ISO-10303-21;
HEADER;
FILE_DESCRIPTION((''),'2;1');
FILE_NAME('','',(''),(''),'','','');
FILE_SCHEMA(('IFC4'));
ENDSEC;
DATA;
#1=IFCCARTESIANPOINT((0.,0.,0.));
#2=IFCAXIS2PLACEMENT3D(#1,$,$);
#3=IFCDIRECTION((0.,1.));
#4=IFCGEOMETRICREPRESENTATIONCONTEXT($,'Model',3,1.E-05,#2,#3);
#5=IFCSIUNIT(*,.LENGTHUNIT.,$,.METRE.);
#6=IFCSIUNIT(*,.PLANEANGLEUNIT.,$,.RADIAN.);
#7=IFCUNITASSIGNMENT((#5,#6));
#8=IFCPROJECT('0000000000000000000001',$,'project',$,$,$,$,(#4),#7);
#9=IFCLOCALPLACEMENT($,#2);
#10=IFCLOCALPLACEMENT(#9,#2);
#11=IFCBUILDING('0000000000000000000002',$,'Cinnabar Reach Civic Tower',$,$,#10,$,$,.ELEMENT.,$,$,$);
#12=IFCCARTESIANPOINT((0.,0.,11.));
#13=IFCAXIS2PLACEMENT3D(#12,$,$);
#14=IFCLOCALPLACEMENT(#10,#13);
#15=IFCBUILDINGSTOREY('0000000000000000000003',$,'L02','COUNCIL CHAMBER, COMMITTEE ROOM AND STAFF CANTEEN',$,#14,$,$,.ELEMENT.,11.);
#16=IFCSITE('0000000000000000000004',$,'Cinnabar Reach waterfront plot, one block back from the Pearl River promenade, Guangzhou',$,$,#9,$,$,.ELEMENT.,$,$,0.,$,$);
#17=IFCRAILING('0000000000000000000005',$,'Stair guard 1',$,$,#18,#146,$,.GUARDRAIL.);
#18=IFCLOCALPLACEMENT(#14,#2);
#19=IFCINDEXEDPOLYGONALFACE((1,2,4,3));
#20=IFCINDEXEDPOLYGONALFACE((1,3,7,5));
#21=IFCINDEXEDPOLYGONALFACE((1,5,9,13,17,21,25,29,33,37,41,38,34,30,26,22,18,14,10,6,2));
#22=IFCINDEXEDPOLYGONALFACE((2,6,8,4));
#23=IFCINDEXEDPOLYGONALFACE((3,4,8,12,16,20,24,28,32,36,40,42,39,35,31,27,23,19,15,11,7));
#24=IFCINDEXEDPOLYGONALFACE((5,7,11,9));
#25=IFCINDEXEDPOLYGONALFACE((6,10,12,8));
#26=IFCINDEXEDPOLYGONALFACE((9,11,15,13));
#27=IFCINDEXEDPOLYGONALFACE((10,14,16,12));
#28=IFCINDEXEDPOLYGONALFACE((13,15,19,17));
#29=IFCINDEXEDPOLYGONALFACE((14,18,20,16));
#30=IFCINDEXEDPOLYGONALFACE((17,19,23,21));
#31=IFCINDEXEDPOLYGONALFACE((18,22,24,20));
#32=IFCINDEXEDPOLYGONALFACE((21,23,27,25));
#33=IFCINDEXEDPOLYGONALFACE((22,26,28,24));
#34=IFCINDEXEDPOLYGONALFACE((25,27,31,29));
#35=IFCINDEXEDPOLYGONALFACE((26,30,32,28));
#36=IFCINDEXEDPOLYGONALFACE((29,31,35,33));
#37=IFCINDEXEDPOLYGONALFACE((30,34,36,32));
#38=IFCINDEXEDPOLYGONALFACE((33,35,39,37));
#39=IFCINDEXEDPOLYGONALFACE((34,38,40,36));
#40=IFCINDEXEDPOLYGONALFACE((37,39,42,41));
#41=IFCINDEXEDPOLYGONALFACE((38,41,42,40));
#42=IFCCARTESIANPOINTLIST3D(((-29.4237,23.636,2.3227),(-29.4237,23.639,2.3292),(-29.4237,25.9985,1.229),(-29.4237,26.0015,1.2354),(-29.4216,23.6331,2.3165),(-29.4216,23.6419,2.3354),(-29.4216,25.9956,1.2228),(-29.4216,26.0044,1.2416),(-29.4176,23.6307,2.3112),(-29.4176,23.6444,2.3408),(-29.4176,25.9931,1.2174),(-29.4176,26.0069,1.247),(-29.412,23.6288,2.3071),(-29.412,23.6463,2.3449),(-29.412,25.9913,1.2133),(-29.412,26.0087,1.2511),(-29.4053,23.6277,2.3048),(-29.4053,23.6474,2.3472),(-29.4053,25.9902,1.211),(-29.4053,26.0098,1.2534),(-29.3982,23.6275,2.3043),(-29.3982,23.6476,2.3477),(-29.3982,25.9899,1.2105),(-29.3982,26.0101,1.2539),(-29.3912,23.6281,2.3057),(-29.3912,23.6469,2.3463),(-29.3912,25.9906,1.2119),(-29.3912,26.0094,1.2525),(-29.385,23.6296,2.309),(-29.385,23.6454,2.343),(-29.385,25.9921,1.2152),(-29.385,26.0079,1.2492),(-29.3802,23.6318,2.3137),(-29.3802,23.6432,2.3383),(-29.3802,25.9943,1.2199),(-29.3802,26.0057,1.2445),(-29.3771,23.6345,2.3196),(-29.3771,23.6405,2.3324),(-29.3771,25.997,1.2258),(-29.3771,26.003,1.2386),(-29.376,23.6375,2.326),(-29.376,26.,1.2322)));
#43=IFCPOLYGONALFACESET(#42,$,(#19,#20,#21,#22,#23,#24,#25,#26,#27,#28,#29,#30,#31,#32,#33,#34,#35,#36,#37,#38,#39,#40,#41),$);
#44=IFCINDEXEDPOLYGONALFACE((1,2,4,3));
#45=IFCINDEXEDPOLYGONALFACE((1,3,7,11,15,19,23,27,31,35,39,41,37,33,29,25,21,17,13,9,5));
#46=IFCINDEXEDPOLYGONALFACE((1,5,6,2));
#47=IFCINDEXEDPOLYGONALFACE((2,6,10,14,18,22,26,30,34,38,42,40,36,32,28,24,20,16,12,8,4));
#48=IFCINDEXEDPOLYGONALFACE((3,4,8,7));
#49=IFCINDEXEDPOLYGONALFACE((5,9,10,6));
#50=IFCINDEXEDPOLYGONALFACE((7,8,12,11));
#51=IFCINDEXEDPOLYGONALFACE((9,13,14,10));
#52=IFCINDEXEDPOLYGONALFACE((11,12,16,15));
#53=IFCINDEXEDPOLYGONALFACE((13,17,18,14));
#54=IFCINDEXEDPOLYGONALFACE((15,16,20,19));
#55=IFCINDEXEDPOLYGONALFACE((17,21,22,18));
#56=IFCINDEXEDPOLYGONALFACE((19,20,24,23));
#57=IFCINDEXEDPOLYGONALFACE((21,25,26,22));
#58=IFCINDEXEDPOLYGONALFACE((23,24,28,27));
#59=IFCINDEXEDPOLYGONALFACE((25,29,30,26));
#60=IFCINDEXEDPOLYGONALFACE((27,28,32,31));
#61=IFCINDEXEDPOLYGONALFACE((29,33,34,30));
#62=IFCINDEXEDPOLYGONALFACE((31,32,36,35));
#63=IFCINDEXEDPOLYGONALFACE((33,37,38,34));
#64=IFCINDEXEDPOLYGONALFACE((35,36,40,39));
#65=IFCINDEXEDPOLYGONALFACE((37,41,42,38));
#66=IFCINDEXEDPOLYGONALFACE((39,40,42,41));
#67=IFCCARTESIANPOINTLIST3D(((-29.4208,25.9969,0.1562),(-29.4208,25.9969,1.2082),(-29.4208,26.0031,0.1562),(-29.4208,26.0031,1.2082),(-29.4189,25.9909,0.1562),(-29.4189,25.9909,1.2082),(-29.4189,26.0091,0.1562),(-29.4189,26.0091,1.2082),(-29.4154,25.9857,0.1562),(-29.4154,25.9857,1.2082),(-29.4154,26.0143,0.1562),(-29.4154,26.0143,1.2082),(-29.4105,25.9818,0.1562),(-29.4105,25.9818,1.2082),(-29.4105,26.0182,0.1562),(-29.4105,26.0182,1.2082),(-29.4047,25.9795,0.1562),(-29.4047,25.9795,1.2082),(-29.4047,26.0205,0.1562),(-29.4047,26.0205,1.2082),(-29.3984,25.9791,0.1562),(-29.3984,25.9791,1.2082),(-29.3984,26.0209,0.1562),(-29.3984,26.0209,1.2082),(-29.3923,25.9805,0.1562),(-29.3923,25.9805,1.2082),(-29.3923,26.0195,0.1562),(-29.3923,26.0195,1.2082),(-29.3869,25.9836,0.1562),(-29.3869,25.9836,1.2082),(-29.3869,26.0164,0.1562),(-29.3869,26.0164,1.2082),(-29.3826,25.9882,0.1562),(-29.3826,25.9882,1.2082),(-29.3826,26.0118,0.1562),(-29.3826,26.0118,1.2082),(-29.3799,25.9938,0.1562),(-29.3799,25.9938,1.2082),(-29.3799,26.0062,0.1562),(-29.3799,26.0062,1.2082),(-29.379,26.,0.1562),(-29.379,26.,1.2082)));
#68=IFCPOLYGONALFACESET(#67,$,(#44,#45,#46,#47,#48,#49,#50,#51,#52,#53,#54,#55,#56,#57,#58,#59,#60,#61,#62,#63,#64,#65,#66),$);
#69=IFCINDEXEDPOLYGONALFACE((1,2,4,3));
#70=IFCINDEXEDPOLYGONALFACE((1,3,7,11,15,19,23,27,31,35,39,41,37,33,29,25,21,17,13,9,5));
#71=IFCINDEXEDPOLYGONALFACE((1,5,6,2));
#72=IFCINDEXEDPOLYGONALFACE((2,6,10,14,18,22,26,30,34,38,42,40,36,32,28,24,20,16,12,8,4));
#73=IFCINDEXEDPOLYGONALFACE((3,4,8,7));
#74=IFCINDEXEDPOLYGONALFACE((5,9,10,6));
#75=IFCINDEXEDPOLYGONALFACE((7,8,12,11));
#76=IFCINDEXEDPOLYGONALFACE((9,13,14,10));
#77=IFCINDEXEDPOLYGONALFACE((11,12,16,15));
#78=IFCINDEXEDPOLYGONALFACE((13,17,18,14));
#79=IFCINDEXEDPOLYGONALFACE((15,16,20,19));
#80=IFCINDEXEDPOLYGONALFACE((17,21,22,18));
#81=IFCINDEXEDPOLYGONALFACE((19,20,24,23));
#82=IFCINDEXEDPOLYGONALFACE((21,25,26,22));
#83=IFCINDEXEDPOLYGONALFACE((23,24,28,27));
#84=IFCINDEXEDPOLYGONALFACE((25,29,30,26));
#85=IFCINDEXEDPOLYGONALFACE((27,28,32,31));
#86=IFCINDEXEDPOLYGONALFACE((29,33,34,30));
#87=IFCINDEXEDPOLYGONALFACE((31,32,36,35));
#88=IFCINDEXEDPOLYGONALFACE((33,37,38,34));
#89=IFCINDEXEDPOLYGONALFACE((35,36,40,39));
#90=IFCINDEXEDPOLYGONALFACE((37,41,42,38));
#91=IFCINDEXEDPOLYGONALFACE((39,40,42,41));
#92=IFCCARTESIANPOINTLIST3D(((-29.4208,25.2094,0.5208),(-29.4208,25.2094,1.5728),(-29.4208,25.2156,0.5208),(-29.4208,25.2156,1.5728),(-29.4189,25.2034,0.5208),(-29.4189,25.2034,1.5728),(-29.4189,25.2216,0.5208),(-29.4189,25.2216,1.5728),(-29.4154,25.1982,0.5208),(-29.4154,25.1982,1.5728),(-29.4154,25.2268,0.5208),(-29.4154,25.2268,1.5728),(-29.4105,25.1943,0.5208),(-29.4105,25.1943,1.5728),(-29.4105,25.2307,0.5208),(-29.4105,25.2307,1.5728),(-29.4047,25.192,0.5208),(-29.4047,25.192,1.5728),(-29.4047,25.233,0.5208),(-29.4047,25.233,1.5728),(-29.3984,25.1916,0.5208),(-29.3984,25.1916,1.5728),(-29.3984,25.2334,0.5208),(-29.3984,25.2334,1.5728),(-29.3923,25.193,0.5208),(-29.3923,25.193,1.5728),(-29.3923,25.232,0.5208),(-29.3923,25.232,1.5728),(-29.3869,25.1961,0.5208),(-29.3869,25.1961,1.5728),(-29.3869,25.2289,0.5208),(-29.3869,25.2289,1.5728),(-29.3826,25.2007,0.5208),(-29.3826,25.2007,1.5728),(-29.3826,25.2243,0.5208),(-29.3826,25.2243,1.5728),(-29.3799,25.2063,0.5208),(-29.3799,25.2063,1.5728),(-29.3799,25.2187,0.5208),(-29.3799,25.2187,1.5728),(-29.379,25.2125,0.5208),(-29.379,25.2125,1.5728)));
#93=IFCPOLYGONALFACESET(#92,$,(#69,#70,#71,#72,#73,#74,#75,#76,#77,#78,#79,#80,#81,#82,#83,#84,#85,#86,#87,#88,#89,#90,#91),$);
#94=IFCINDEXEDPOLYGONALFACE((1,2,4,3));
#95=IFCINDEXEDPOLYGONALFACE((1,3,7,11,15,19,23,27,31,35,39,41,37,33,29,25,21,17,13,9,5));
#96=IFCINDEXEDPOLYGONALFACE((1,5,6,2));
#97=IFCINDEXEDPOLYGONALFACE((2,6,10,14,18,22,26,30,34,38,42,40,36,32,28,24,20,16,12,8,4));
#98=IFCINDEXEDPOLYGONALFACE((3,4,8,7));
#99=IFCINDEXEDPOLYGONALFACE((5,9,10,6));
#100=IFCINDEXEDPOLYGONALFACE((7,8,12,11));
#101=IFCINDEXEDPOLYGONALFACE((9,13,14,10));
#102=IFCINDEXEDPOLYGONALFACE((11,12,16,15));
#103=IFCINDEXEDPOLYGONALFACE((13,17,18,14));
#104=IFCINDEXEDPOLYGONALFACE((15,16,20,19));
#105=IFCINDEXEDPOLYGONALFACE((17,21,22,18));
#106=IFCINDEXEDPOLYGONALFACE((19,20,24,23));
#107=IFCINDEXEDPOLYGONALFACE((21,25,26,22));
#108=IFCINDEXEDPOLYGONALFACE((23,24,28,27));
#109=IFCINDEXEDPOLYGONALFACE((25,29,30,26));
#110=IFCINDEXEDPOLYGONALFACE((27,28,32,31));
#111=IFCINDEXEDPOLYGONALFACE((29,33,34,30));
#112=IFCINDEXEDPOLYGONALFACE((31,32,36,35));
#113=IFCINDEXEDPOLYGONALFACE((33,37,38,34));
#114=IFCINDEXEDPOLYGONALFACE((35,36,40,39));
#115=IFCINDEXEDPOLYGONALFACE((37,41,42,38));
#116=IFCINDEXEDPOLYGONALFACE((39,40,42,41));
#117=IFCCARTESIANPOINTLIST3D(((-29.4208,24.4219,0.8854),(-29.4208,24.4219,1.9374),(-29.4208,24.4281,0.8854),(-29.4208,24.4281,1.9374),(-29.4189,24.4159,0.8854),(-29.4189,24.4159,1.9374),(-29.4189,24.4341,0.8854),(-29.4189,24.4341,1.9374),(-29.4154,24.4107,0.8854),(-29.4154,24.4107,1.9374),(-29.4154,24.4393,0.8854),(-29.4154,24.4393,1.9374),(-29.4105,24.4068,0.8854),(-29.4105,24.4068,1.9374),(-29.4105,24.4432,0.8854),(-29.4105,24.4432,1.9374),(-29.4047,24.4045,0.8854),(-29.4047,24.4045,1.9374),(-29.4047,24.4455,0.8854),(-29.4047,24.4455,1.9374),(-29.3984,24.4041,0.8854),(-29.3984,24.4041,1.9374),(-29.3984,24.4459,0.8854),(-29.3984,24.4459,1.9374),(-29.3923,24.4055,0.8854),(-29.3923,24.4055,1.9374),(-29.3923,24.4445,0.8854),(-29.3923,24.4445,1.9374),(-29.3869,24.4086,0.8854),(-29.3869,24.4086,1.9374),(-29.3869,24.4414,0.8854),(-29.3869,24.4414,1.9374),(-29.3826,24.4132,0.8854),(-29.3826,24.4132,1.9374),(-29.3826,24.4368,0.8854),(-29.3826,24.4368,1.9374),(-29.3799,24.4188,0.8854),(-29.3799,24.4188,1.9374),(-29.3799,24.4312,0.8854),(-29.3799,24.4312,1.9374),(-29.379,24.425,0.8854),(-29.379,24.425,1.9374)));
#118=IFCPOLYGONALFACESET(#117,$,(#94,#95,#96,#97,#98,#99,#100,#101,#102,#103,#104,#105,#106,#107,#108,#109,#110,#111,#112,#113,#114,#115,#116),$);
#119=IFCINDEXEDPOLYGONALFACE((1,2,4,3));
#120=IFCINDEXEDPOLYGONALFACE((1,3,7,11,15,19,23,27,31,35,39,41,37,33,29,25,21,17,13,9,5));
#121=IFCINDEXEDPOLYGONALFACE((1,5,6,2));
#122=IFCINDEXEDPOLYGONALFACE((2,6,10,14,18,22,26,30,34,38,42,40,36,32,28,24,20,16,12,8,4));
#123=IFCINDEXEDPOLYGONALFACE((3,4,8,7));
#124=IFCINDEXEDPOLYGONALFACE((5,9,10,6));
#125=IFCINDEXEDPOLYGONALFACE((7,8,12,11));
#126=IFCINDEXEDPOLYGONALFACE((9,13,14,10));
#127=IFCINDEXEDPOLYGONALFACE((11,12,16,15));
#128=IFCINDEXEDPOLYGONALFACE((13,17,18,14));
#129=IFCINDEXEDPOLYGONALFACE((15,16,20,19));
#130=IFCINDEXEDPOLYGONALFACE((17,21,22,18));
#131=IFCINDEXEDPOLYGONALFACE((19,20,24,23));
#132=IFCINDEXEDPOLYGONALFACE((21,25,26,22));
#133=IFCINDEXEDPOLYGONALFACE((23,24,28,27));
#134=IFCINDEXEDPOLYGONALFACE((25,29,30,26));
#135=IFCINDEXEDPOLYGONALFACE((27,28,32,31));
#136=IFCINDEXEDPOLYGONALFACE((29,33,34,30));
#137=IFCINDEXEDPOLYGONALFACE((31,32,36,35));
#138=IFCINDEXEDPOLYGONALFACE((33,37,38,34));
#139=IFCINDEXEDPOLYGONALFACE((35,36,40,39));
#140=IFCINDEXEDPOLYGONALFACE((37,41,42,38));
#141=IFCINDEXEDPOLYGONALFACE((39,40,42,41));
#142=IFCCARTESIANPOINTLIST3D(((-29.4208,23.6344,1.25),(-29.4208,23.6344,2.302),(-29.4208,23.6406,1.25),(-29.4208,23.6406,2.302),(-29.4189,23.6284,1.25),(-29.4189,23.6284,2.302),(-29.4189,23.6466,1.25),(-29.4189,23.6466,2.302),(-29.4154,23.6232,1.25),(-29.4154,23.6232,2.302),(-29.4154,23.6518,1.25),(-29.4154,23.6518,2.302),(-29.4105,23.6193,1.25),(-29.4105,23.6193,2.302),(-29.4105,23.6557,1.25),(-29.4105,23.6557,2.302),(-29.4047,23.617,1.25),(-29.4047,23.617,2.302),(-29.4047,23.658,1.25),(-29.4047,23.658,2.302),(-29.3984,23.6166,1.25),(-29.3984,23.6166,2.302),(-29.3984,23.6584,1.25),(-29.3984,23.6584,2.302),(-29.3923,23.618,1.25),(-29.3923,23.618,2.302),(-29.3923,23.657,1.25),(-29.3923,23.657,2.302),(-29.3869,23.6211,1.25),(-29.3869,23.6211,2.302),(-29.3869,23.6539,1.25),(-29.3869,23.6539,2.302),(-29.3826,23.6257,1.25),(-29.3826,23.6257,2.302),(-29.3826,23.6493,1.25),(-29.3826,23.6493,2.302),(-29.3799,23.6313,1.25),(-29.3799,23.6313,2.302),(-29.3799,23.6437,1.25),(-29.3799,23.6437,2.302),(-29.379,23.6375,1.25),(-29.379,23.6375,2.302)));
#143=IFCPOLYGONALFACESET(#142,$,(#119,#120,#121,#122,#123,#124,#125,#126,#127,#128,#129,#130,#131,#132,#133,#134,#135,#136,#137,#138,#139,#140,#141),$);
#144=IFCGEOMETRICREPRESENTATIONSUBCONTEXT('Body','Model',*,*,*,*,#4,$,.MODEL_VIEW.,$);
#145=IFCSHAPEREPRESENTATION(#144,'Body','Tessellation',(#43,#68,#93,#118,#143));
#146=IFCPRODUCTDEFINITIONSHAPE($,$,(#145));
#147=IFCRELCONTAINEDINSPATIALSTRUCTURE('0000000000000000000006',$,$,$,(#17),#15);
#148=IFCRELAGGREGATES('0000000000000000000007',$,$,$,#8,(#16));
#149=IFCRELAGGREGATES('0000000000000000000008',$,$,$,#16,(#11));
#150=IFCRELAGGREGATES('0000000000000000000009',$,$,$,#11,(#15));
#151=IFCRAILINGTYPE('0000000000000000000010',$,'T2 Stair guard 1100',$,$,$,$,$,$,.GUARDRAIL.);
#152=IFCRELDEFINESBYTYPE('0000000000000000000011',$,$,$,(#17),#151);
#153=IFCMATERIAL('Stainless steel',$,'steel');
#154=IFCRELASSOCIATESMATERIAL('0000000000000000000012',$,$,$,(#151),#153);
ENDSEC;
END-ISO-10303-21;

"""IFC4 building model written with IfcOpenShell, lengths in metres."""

from ifc_helpers import new_model, si_unit, direction, frame, origin, origin_2d, place, context, subcontext, project, spatial, circle, extrude, material, type_object, element, save


model = new_model("IFC4")

# Units and contexts
model_context = context("Model", 3, precision=1e-05, world=origin(), true_north=direction((0.0, 1.0)))
body_context = subcontext(model_context, "Body", "Model", "MODEL_VIEW")
ifc_project = project(units=[si_unit("LENGTHUNIT", "METRE"), si_unit("PLANEANGLEUNIT", "RADIAN")], contexts=[model_context])

# Site, building, storey
site_placement = place(None, origin())
site = spatial("IfcSite", under=ifc_project, at=site_placement, Name="Cinnabar Reach waterfront plot, one block back from the Pearl River promenade, Guangzhou", CompositionType="ELEMENT", RefElevation=0.0)
building_placement = place(site_placement, origin())
building = spatial("IfcBuilding", under=site, at=building_placement, Name="Cinnabar Reach Civic Tower", CompositionType="ELEMENT")
storey_placement = place(building_placement, frame((0.0, 0.0, 11.0)))
storey = spatial("IfcBuildingStorey", under=building, at=storey_placement, Name="L02", Description="COUNCIL CHAMBER, COMMITTEE ROOM AND STAFF CANTEEN", CompositionType="ELEMENT", Elevation=11.0)

# Railing
ifc_material_1 = material(Name="Stainless steel", Category="steel")
railing_type = type_object("IfcRailingType", Name="T2 Stair guard 1100", PredefinedType="GUARDRAIL", material=ifc_material_1)
railing_1_placement = place(storey_placement, frame((-29.4, 26.0, 0.1562)))
element("IfcRailing", 1, at=railing_1_placement, inside=storey, type_object=railing_type, Name="Stair guard 1", PredefinedType="GUARDRAIL", context=body_context, shape_type="SweptSolid", body=[
    extrude(circle(Radius=0.024, at=origin_2d()), frame((0.0, 0.0, 1.076), z_axis=(0.0, -0.90746, 0.420139), x_axis=(1.0, 0.0, 0.0)), (0.0, 0.0, 1.0), 2.6034),
    extrude(circle(Radius=0.021, at=origin_2d()), origin(), (0.0, 0.0, 1.0), 1.052),
    extrude(circle(Radius=0.021, at=origin_2d()), frame((0.0, -0.7875, 0.3646)), (0.0, 0.0, 1.0), 1.052),
    extrude(circle(Radius=0.021, at=origin_2d()), frame((0.0, -1.575, 0.7292)), (0.0, 0.0, 1.0), 1.052),
    extrude(circle(Radius=0.021, at=origin_2d()), frame((0.0, -2.3625, 1.0938)), (0.0, 0.0, 1.0), 1.052),
])

save(model, "model.ifc")
